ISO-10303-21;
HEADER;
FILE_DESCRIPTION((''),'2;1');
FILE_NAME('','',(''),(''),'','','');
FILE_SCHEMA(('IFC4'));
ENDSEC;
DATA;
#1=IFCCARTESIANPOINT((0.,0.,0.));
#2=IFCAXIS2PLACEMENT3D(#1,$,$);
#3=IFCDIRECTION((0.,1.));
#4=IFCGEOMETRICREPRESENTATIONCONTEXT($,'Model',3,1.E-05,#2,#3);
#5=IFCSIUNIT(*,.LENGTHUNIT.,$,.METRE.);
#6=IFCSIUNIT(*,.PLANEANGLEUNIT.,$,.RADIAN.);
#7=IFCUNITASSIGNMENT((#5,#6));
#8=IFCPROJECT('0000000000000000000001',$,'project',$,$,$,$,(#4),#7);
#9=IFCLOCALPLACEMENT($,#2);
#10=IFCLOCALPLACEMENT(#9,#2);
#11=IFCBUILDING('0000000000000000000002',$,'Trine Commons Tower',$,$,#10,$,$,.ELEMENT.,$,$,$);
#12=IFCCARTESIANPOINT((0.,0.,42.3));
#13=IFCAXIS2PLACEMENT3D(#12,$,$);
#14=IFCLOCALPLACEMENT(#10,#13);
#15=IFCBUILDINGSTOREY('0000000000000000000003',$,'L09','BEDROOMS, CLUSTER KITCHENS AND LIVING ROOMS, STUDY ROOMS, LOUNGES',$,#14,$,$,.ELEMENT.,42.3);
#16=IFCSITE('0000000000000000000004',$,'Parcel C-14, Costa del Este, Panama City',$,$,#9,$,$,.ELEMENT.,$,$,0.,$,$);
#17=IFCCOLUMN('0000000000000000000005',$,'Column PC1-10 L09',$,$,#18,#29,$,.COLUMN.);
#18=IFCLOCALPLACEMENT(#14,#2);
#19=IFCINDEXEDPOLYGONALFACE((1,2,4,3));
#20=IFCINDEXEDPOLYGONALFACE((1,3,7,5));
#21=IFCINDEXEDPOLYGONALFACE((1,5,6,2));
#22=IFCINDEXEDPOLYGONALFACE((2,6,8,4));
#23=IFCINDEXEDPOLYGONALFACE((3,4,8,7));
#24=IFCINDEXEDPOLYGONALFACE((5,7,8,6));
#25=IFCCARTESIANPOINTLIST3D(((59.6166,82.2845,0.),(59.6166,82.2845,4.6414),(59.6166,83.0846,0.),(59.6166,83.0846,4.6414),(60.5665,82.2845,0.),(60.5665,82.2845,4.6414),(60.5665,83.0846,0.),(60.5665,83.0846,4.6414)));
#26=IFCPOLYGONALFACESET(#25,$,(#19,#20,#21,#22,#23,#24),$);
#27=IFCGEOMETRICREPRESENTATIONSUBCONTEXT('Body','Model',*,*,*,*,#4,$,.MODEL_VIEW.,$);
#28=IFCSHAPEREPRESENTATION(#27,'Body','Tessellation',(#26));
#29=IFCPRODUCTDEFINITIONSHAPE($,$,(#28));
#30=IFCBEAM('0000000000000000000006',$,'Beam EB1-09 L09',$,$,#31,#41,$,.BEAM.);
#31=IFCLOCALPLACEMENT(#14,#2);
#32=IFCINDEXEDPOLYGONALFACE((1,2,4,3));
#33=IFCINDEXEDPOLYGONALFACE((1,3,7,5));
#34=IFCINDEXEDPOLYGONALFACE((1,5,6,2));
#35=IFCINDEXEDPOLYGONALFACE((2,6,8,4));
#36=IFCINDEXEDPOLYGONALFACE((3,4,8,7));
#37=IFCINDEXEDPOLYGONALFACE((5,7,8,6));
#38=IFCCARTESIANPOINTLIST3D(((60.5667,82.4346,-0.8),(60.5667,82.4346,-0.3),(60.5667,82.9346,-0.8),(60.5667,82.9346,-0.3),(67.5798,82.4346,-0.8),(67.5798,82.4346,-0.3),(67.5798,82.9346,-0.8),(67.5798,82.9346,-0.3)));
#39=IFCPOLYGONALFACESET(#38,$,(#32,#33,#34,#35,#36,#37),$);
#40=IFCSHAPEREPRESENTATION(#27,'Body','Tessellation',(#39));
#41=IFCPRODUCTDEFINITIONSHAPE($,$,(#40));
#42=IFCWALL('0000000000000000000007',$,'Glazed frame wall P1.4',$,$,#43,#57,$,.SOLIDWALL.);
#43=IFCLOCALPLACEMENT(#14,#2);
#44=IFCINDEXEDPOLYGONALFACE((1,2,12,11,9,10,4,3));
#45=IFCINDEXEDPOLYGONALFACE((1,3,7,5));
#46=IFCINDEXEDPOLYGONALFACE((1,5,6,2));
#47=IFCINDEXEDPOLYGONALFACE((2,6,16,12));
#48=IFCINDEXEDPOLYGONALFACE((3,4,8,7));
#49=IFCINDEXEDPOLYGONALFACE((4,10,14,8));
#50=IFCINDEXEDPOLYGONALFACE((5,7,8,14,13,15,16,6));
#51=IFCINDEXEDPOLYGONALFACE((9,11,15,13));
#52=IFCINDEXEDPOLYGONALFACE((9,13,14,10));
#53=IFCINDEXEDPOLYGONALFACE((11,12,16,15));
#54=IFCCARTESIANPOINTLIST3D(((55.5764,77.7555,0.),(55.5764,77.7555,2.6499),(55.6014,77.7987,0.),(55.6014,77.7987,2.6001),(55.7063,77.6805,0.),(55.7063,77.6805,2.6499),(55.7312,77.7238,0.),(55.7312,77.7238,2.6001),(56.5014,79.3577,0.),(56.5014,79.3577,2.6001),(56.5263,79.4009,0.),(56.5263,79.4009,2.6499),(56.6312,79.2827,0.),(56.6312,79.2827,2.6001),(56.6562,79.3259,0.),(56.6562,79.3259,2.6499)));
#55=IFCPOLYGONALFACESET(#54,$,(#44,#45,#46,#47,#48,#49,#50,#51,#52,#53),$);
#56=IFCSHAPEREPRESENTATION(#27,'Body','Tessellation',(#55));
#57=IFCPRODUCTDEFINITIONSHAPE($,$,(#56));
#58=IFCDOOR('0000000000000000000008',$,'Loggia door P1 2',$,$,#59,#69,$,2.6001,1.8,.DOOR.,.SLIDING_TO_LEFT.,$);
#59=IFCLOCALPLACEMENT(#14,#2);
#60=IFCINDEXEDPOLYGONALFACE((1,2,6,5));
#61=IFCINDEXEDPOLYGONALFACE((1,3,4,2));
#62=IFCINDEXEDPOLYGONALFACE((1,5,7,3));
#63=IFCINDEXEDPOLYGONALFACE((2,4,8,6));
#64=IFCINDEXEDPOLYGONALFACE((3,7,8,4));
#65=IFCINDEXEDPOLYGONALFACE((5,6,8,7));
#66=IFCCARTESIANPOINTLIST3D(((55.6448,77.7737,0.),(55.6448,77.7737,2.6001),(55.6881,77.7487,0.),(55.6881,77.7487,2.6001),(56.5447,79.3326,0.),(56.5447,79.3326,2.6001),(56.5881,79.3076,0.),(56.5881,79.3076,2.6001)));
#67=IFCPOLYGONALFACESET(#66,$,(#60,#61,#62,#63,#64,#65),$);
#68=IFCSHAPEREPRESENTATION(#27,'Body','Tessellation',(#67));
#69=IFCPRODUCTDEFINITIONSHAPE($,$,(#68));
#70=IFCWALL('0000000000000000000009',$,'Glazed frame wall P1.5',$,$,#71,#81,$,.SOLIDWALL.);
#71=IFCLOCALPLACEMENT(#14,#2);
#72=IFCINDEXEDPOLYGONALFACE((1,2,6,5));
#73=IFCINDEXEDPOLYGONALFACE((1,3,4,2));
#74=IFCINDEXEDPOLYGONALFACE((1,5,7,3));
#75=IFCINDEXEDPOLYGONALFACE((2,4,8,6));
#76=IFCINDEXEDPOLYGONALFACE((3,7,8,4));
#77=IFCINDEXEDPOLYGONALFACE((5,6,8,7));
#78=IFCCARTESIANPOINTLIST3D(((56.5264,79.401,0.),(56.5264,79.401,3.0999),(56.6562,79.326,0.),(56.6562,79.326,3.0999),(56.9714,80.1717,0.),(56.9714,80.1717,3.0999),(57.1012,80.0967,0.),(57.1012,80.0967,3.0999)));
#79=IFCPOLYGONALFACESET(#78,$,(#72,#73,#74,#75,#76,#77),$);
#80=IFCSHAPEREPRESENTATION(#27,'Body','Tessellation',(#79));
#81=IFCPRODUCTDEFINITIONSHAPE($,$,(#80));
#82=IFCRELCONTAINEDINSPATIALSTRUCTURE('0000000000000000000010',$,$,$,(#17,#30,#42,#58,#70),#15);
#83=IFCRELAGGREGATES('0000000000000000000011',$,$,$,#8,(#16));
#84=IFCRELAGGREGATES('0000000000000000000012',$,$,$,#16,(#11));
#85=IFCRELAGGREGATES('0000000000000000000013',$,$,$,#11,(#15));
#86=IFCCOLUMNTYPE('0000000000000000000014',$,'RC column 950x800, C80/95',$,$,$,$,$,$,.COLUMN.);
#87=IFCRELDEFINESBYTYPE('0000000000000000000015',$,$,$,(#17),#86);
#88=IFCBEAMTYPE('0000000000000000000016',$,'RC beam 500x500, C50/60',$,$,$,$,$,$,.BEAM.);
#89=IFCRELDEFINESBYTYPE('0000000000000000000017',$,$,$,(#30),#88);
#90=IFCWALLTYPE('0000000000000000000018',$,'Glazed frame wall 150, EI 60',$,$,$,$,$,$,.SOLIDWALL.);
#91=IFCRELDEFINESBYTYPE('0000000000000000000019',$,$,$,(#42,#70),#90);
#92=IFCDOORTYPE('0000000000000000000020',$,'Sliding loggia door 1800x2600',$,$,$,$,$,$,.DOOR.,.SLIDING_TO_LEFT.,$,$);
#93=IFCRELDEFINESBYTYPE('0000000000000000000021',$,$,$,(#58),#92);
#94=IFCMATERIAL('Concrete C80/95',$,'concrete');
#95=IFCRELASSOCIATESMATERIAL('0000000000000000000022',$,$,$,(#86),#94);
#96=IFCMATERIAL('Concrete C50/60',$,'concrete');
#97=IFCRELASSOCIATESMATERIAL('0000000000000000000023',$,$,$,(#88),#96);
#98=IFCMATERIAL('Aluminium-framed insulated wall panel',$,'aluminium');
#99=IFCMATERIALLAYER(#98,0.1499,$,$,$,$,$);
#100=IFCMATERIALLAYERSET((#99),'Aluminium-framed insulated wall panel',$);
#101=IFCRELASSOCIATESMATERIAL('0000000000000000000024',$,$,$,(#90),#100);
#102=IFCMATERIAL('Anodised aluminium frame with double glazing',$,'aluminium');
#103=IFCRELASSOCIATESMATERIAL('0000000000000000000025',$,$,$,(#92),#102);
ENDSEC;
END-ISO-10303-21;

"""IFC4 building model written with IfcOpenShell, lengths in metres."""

from ifc_helpers import new_model, si_unit, direction, frame, frame_2d, origin, origin_2d, place, context, subcontext, project, spatial, polyline, rectangle, outline, extrude, material, layer, layer_set, material_profile, profile_set, type_object, element, fill, save


model = new_model("IFC4")

# Units and contexts
model_context = context("Model", 3, precision=1e-05, world=origin(), true_north=direction((0.0, 1.0)))
body_context = subcontext(model_context, "Body", "Model", "MODEL_VIEW")
ifc_project = project(units=[si_unit("LENGTHUNIT", "METRE"), si_unit("PLANEANGLEUNIT", "RADIAN")], contexts=[model_context])

# Site, building, storey
site_placement = place(None, origin())
site = spatial("IfcSite", under=ifc_project, at=site_placement, Name="Parcel C-14, Costa del Este, Panama City", CompositionType="ELEMENT", RefElevation=0.0)
building_placement = place(site_placement, origin())
building = spatial("IfcBuilding", under=site, at=building_placement, Name="Trine Commons Tower", CompositionType="ELEMENT")
storey_placement = place(building_placement, frame((0.0, 0.0, 42.3)))
storey = spatial("IfcBuildingStorey", under=building, at=storey_placement, Name="L09", Description="BEDROOMS, CLUSTER KITCHENS AND LIVING ROOMS, STUDY ROOMS, LOUNGES", CompositionType="ELEMENT", Elevation=42.3)

# Column
ifc_material_1 = material(Name="Concrete C80/95", Category="concrete")
ifc_material_profile_1 = material_profile(ifc_material_1, rectangle(XDim=0.95, YDim=0.8, at=origin_2d()), Name="RC 950x800")
ifc_profile_set_1 = profile_set([ifc_material_profile_1], Name="Concrete C80/95")
column_type = type_object("IfcColumnType", Name="RC column 950x800, C80/95", PredefinedType="COLUMN", material=ifc_profile_set_1)
column_placement = place(storey_placement, frame((60.0916, 82.6846, 0.0), z_axis=(0.0, 0.0, 1.0), x_axis=(1.0, 0.0, 0.0)))
element("IfcColumn", 1, at=column_placement, inside=storey, type_object=column_type, Name="Column PC1-10 L09", PredefinedType="COLUMN", context=body_context, shape_type="SweptSolid", body=[
    extrude(rectangle(XDim=0.95, YDim=0.8, at=origin_2d()), origin(), (0.0, 0.0, 1.0), 4.6414),
])

# Beam
ifc_material_2 = material(Name="Concrete C50/60", Category="concrete")
ifc_material_profile_2 = material_profile(ifc_material_2, rectangle(XDim=0.5, YDim=0.5, at=origin_2d()), Name="RC 500x500")
ifc_profile_set_2 = profile_set([ifc_material_profile_2], Name="Concrete C50/60")
beam_type = type_object("IfcBeamType", Name="RC beam 500x500, C50/60", PredefinedType="BEAM", material=ifc_profile_set_2)
beam_placement = place(storey_placement, frame((60.5667, 82.6846, -0.55), z_axis=(1.0, 0.0, 0.0), x_axis=(0.0, 1.0, 0.0)))
element("IfcBeam", 2, at=beam_placement, inside=storey, type_object=beam_type, Name="Beam EB1-09 L09", PredefinedType="BEAM", context=body_context, shape_type="SweptSolid", body=[
    extrude(rectangle(XDim=0.5, YDim=0.5, at=origin_2d()), origin(), (0.0, 0.0, 1.0), 7.0132),
])

# Wall, opening, door
ifc_material_3 = material(Name="Aluminium-framed insulated wall panel", Category="aluminium")
ifc_layer = layer(ifc_material_3, 0.1499)
ifc_layer_set = layer_set([ifc_layer], Name="Aluminium-framed insulated wall panel")
wall_type = type_object("IfcWallType", Name="Glazed frame wall 150, EI 60", PredefinedType="SOLIDWALL", material=ifc_layer_set)
wall_1_placement = place(storey_placement, frame((55.6414, 77.718, 0.0), z_axis=(0.0, 0.0, 1.0), x_axis=(0.499967, 0.866044, 0.0)))
wall_1 = element("IfcWall", 3, at=wall_1_placement, inside=storey, type_object=wall_type, Name="Glazed frame wall P1.4", PredefinedType="SOLIDWALL", context=body_context, shape_type="SweptSolid", body=[
    extrude(outline(polyline([(0.0, -0.075), (1.8999, -0.075), (1.8999, 0.075), (0.0, 0.075), (0.0, -0.075)])), origin(), (0.0, 0.0, 1.0), 2.6499),
])
opening_1_placement = place(wall_1_placement, frame((0.05, 0.0, 0.0)))
opening_1 = element("IfcOpeningElement", 4, at=opening_1_placement, cuts=wall_1, PredefinedType="OPENING", context=body_context, shape_type="SweptSolid", body=[
    extrude(rectangle(XDim=1.8, YDim=2.6001, at=frame_2d((0.8999, 1.3))), frame((0.0, 0.085, 0.0), z_axis=(0.0, -1.0, 0.0), x_axis=(1.0, 0.0, 0.0)), (0.0, 0.0, 1.0), 0.1699),
])
ifc_material_4 = material(Name="Anodised aluminium frame with double glazing", Category="aluminium")
door_type = type_object("IfcDoorType", Name="Sliding loggia door 1800x2600", OperationType="SLIDING_TO_LEFT", PredefinedType="DOOR", material=ifc_material_4)
door_1_placement = place(opening_1_placement, origin())
door_1 = element("IfcDoor", 5, at=door_1_placement, inside=storey, type_object=door_type, Name="Loggia door P1 2", OperationType="SLIDING_TO_LEFT", OverallHeight=2.6001, OverallWidth=1.8, PredefinedType="DOOR", context=body_context, shape_type="SweptSolid", body=[
    extrude(rectangle(XDim=1.8, YDim=2.6001, at=frame_2d((0.8999, 1.3))), frame((0.0, 0.0249, 0.0), z_axis=(0.0, -1.0, 0.0), x_axis=(1.0, 0.0, 0.0)), (0.0, 0.0, 1.0), 0.05),
])
fill(opening_1, door_1)

# Wall
wall_2_placement = place(storey_placement, frame((56.5913, 79.3635, 0.0), z_axis=(0.0, 0.0, 1.0), x_axis=(0.500025, 0.866011, 0.0)))
element("IfcWall", 6, at=wall_2_placement, inside=storey, type_object=wall_type, Name="Glazed frame wall P1.5", PredefinedType="SOLIDWALL", context=body_context, shape_type="SweptSolid", body=[
    extrude(outline(polyline([(0.8899, 0.075), (0.0, 0.075), (0.0, -0.075), (0.8899, -0.075), (0.8899, 0.075)])), origin(), (0.0, 0.0, 1.0), 3.0999),
])

save(model, "model.ifc")
